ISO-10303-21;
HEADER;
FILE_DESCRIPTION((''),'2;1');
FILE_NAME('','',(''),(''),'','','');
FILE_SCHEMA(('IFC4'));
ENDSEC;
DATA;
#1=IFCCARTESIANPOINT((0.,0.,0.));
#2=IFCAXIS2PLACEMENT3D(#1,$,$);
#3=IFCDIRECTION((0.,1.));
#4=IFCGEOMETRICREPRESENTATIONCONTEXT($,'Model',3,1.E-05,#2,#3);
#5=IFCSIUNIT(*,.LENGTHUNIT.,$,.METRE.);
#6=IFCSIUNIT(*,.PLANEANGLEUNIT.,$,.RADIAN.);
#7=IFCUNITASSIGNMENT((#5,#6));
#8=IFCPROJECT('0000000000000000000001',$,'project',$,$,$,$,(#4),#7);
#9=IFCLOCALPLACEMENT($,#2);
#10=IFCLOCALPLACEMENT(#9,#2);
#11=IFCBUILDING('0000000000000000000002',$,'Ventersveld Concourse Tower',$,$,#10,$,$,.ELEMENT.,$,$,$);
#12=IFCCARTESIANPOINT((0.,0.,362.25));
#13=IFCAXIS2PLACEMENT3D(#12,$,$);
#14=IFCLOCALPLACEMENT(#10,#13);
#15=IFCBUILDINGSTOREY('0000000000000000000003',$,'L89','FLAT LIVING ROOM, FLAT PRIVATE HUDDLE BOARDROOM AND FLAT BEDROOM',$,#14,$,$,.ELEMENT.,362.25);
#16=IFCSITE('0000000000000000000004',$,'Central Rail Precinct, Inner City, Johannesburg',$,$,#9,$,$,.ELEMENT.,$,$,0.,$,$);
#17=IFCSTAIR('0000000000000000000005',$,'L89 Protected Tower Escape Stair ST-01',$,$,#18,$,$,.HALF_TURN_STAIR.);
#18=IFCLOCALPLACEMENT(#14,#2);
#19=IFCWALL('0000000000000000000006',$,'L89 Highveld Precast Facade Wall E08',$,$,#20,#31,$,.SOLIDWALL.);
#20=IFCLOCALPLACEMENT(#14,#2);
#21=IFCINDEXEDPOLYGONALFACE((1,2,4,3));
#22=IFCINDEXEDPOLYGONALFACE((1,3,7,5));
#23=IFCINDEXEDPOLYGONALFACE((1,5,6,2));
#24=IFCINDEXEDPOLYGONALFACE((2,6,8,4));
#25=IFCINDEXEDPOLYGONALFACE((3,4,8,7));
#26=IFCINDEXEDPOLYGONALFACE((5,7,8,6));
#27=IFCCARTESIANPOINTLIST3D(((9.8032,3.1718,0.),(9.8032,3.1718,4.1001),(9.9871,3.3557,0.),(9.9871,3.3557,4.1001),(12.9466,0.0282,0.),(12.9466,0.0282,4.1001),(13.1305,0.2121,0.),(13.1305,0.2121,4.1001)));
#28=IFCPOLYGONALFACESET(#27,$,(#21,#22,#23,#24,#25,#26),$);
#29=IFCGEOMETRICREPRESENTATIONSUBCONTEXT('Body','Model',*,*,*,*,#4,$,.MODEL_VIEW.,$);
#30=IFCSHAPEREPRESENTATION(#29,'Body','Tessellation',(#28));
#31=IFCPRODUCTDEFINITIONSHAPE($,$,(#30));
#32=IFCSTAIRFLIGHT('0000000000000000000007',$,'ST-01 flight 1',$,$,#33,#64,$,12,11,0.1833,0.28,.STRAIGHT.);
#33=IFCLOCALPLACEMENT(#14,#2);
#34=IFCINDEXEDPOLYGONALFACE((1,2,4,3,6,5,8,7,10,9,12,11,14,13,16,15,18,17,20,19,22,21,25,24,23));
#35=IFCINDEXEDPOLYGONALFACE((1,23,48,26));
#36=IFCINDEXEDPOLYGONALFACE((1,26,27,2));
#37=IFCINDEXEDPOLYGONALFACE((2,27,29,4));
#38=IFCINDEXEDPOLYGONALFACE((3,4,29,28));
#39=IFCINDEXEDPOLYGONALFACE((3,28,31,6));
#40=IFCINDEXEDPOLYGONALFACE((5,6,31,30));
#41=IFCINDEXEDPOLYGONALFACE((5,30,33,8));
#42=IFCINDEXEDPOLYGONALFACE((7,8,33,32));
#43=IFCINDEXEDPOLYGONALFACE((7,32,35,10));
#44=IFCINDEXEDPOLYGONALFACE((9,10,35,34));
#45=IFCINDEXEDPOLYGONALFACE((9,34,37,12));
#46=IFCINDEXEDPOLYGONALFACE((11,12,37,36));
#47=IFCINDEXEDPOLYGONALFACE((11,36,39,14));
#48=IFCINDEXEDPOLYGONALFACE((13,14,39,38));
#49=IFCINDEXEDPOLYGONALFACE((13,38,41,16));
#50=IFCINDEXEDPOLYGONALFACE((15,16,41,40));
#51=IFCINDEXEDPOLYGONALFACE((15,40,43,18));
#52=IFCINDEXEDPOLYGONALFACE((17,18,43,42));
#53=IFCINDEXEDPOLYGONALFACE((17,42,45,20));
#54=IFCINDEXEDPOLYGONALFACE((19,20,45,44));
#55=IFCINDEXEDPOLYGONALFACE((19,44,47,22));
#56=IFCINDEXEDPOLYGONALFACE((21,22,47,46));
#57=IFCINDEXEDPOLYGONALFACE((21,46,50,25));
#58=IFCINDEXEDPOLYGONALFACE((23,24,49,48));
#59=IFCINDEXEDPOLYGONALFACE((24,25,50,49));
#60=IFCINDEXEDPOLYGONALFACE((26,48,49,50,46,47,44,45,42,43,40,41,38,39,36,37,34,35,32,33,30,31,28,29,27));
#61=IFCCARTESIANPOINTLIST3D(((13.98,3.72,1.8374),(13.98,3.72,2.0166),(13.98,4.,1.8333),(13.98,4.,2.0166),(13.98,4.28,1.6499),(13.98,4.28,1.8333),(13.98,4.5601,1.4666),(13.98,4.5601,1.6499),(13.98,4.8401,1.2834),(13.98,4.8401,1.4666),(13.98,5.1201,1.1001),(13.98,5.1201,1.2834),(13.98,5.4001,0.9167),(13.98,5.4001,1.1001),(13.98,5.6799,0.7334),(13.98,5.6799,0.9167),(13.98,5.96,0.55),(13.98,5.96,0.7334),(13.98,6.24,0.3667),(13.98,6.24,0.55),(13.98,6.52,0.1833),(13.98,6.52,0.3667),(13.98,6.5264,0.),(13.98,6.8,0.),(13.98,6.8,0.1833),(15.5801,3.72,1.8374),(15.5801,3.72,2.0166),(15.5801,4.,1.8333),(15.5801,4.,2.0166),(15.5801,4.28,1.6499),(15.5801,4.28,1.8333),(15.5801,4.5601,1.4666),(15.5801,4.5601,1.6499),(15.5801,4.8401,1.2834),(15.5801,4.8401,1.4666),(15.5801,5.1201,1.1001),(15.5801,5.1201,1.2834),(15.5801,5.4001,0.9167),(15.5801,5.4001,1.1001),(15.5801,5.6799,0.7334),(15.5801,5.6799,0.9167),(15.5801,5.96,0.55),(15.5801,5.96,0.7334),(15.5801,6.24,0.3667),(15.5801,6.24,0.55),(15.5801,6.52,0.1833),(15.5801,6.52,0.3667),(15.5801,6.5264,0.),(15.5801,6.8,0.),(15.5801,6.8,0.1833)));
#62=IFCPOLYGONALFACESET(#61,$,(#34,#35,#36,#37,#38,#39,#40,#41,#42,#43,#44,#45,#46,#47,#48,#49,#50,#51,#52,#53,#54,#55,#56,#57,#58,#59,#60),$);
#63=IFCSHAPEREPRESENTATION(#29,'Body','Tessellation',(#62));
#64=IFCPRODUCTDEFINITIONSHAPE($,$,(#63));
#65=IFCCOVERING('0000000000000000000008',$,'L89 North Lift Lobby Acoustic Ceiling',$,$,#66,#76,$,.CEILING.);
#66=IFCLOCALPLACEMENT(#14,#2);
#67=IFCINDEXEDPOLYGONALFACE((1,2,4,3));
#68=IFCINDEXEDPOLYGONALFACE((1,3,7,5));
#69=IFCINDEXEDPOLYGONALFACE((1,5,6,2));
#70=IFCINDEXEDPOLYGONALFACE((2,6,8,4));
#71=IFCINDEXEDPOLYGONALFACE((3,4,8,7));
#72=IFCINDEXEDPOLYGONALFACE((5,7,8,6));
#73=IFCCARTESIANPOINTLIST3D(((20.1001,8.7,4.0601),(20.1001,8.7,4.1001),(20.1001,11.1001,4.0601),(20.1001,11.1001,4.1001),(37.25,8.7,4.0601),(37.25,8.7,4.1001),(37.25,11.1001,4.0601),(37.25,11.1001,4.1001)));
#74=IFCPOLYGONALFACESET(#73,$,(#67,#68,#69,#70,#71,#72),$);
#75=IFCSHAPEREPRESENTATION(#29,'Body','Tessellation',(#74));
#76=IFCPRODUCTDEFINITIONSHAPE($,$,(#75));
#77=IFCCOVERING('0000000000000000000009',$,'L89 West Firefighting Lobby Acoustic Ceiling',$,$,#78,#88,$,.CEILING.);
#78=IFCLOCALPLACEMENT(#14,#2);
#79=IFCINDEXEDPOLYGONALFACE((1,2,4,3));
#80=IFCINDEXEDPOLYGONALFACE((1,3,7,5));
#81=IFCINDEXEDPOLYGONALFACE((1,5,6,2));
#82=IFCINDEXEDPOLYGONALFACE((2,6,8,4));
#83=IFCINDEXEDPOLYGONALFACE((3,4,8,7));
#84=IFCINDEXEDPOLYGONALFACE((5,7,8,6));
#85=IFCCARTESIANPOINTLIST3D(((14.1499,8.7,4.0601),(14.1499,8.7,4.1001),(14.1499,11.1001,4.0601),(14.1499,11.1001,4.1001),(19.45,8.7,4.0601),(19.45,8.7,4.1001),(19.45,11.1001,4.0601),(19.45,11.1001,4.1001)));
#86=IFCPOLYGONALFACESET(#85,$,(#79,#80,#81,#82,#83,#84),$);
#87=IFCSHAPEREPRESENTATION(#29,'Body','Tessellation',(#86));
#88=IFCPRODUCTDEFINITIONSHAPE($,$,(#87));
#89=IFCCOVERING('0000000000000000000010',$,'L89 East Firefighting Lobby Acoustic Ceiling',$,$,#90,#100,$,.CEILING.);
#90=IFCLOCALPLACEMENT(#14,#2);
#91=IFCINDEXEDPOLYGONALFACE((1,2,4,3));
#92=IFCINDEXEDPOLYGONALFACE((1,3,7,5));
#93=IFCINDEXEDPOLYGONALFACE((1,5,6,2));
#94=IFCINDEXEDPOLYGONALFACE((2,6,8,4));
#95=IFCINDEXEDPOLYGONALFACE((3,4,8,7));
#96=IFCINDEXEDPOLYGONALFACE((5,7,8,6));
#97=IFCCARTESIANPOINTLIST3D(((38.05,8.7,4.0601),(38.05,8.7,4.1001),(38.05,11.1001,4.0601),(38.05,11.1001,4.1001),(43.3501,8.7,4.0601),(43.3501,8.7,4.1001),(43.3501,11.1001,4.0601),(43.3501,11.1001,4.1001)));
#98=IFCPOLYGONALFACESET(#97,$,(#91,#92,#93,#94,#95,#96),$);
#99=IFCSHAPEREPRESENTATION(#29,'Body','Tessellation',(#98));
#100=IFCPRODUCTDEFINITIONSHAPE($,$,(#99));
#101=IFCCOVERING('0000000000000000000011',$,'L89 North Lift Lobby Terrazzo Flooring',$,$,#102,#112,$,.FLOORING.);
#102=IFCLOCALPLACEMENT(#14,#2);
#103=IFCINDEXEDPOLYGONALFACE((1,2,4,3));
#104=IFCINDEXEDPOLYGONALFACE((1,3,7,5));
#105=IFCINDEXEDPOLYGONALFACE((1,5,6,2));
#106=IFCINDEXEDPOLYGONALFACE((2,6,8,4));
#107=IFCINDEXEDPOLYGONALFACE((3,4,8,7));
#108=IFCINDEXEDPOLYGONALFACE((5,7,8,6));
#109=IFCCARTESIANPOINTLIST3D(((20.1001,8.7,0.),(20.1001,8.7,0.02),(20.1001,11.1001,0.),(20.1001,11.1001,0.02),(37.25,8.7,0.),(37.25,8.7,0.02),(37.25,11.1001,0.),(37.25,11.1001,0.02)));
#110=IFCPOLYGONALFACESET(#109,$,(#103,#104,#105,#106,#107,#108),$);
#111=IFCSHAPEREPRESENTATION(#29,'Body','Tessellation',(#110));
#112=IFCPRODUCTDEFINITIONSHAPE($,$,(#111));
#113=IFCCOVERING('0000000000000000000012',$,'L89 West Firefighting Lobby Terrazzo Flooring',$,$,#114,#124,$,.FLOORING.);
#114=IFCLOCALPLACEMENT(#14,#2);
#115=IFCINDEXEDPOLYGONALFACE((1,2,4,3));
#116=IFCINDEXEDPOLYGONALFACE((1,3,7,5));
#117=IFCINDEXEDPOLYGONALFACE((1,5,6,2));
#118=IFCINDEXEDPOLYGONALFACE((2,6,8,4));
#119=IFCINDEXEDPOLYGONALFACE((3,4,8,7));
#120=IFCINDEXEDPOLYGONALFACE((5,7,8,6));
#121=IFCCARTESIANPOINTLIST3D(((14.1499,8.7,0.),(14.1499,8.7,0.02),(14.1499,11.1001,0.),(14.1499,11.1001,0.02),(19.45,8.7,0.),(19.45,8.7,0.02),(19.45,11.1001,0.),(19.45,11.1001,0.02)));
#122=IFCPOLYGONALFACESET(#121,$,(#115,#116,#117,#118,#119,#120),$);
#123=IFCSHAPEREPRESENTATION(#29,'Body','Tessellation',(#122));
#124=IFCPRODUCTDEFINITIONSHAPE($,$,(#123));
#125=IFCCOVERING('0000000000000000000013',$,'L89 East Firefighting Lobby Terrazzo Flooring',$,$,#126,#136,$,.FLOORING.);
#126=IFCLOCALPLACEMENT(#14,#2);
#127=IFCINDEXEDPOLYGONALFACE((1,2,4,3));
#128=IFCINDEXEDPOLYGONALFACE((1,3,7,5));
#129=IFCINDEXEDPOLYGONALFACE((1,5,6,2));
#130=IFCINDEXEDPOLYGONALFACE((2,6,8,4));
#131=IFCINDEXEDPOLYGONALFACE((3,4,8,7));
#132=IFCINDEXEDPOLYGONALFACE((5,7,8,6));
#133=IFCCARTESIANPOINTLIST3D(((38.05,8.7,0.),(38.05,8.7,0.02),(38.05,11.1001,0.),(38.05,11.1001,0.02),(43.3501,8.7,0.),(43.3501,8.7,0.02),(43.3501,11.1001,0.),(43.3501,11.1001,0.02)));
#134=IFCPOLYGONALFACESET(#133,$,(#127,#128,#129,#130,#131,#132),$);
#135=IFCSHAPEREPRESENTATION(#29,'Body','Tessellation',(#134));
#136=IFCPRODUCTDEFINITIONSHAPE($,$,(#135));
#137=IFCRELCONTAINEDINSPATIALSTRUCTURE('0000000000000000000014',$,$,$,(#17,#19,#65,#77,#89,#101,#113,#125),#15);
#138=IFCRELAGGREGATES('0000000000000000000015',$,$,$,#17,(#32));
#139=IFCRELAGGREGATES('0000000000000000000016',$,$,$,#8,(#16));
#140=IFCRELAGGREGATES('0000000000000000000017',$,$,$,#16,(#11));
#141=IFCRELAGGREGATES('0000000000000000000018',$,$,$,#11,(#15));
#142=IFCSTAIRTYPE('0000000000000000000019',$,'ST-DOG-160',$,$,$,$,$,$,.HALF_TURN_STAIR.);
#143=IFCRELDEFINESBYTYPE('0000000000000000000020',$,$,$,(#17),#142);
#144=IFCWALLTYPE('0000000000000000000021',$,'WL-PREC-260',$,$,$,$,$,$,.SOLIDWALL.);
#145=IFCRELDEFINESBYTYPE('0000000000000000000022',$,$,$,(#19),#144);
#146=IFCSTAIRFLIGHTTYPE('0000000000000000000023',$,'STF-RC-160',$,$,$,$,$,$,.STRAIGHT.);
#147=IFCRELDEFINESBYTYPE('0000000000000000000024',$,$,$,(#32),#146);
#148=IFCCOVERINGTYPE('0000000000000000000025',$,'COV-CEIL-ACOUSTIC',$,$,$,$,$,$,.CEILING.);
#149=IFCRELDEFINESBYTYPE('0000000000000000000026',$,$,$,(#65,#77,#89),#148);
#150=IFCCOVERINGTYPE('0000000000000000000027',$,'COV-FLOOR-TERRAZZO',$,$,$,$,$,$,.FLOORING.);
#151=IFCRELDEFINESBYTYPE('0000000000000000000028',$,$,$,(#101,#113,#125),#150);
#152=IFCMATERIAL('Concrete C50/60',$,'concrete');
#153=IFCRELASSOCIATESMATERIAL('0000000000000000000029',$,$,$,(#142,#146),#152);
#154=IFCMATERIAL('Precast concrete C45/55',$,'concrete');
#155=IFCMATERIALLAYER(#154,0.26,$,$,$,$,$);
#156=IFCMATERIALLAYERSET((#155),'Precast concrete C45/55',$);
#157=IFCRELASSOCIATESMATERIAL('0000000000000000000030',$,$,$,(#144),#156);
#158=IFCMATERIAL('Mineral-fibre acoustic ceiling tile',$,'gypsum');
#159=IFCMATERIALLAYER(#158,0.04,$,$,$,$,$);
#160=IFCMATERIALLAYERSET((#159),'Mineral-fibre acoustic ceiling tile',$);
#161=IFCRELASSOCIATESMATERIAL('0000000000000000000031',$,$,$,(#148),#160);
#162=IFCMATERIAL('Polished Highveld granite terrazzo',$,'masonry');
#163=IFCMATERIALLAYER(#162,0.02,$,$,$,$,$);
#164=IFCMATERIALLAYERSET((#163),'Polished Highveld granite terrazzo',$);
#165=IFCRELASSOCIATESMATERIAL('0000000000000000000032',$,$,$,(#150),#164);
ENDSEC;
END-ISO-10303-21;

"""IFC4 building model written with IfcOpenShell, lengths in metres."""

from ifc_helpers import new_model, si_unit, direction, frame, frame_2d, origin, place, context, subcontext, project, spatial, polyline, rectangle, outline, extrude, material, layer, layer_set, type_object, element, aggregate, save


model = new_model("IFC4")

# Units and contexts
model_context = context("Model", 3, precision=1e-05, world=origin(), true_north=direction((0.0, 1.0)))
body_context = subcontext(model_context, "Body", "Model", "MODEL_VIEW")
ifc_project = project(units=[si_unit("LENGTHUNIT", "METRE"), si_unit("PLANEANGLEUNIT", "RADIAN")], contexts=[model_context])

# Site, building, storey
site_placement = place(None, origin())
site = spatial("IfcSite", under=ifc_project, at=site_placement, Name="Central Rail Precinct, Inner City, Johannesburg", CompositionType="ELEMENT", RefElevation=0.0)
building_placement = place(site_placement, origin())
building = spatial("IfcBuilding", under=site, at=building_placement, Name="Ventersveld Concourse Tower", CompositionType="ELEMENT")
storey_placement = place(building_placement, frame((0.0, 0.0, 362.25)))
storey = spatial("IfcBuildingStorey", under=building, at=storey_placement, Name="L89", Description="FLAT LIVING ROOM, FLAT PRIVATE HUDDLE BOARDROOM AND FLAT BEDROOM", CompositionType="ELEMENT", Elevation=362.25)

# Shared definitions
ifc_material_1 = material(Name="Concrete C50/60", Category="concrete")

# Stair
stair_type_1 = type_object("IfcStairType", Name="ST-DOG-160", PredefinedType="HALF_TURN_STAIR", material=ifc_material_1)
stair_1_placement = place(storey_placement, origin())
stair_1 = element("IfcStair", 1, at=stair_1_placement, inside=storey, type_object=stair_type_1, Name="L89 Protected Tower Escape Stair ST-01", PredefinedType="HALF_TURN_STAIR")

# Wall
ifc_material_2 = material(Name="Precast concrete C45/55", Category="concrete")
ifc_layer_1 = layer(ifc_material_2, 0.26)
ifc_layer_set_1 = layer_set([ifc_layer_1], Name="Precast concrete C45/55")
wall_type_1 = type_object("IfcWallType", Name="WL-PREC-260", PredefinedType="SOLIDWALL", material=ifc_layer_set_1)
wall_1_placement = place(storey_placement, frame((9.8953, 3.2637, 0.0), z_axis=(0.0, 0.0, 1.0), x_axis=(0.707079, -0.707134, 0.0)))
element("IfcWall", 2, at=wall_1_placement, inside=storey, type_object=wall_type_1, Name="L89 Highveld Precast Facade Wall E08", PredefinedType="SOLIDWALL", context=body_context, shape_type="SweptSolid", body=[
    extrude(rectangle(XDim=4.4456, YDim=0.26, at=frame_2d((2.2227, 0.0))), origin(), (0.0, 0.0, 1.0), 4.1001),
])

# Stair flight
stair_flight_type = type_object("IfcStairFlightType", Name="STF-RC-160", PredefinedType="STRAIGHT", material=ifc_material_1)
stair_flight_placement = place(storey_placement, frame((14.78, 6.8, 0.0), z_axis=(0.0, 0.0, 1.0), x_axis=(0.0, -1.0, 0.0)))
stair_flight = element("IfcStairFlight", 3, at=stair_flight_placement, type_object=stair_flight_type, Name="ST-01 flight 1", NumberOfRisers=12, NumberOfTreads=11, PredefinedType="STRAIGHT", RiserHeight=0.1833, TreadLength=0.28, context=body_context, shape_type="SweptSolid", body=[
    extrude(outline(polyline([(0.0, 0.0), (0.0, 0.1833), (0.28, 0.1833), (0.28, 0.3667), (0.5601, 0.3667), (0.5601, 0.55), (0.8401, 0.55), (0.8401, 0.7334), (1.1201, 0.7334), (1.1201, 0.9167), (1.3999, 0.9167), (1.3999, 1.1001), (1.6799, 1.1001), (1.6799, 1.2834), (1.96, 1.2834), (1.96, 1.4666), (2.24, 1.4666), (2.24, 1.6499), (2.52, 1.6499), (2.52, 1.8333), (2.8, 1.8333), (2.8, 2.0166), (3.0801, 2.0166), (3.0801, 2.2), (3.0801, 1.8374), (0.2737, 0.0), (0.0, 0.0)])), frame((0.0, 0.8, 0.0), z_axis=(0.0, -1.0, 0.0), x_axis=(1.0, 0.0, 0.0)), (0.0, 0.0, 1.0), 1.6001),
])
aggregate(stair_1, [stair_flight])

# Coverings
ifc_material_3 = material(Name="Mineral-fibre acoustic ceiling tile", Category="gypsum")
ifc_layer_2 = layer(ifc_material_3, 0.04)
ifc_layer_set_2 = layer_set([ifc_layer_2], Name="Mineral-fibre acoustic ceiling tile")
covering_type_1 = type_object("IfcCoveringType", Name="COV-CEIL-ACOUSTIC", PredefinedType="CEILING", material=ifc_layer_set_2)
covering_1_placement = place(storey_placement, frame((0.0, 0.0, 4.0601)))
element("IfcCovering", 4, at=covering_1_placement, inside=storey, type_object=covering_type_1, Name="L89 North Lift Lobby Acoustic Ceiling", PredefinedType="CEILING", context=body_context, shape_type="SweptSolid", body=[
    extrude(outline(polyline([(20.1001, 8.7), (37.25, 8.7), (37.25, 11.1001), (20.1001, 11.1001), (20.1001, 8.7)])), origin(), (0.0, 0.0, 1.0), 0.04),
])
covering_2_placement = place(storey_placement, frame((0.0, 0.0, 4.0601)))
element("IfcCovering", 5, at=covering_2_placement, inside=storey, type_object=covering_type_1, Name="L89 West Firefighting Lobby Acoustic Ceiling", PredefinedType="CEILING", context=body_context, shape_type="SweptSolid", body=[
    extrude(outline(polyline([(14.1499, 8.7), (19.45, 8.7), (19.45, 11.1001), (14.1499, 11.1001), (14.1499, 8.7)])), origin(), (0.0, 0.0, 1.0), 0.04),
])
covering_3_placement = place(storey_placement, frame((0.0, 0.0, 4.0601)))
element("IfcCovering", 6, at=covering_3_placement, inside=storey, type_object=covering_type_1, Name="L89 East Firefighting Lobby Acoustic Ceiling", PredefinedType="CEILING", context=body_context, shape_type="SweptSolid", body=[
    extrude(outline(polyline([(38.05, 8.7), (43.3501, 8.7), (43.3501, 11.1001), (38.05, 11.1001), (38.05, 8.7)])), origin(), (0.0, 0.0, 1.0), 0.04),
])
ifc_material_4 = material(Name="Polished Highveld granite terrazzo", Category="masonry")
ifc_layer_3 = layer(ifc_material_4, 0.02)
ifc_layer_set_3 = layer_set([ifc_layer_3], Name="Polished Highveld granite terrazzo")
covering_type_2 = type_object("IfcCoveringType", Name="COV-FLOOR-TERRAZZO", PredefinedType="FLOORING", material=ifc_layer_set_3)
covering_4_placement = place(storey_placement, origin())
element("IfcCovering", 7, at=covering_4_placement, inside=storey, type_object=covering_type_2, Name="L89 North Lift Lobby Terrazzo Flooring", PredefinedType="FLOORING", context=body_context, shape_type="SweptSolid", body=[
    extrude(outline(polyline([(20.1001, 8.7), (37.25, 8.7), (37.25, 11.1001), (20.1001, 11.1001), (20.1001, 8.7)])), origin(), (0.0, 0.0, 1.0), 0.02),
])
covering_5_placement = place(storey_placement, origin())
element("IfcCovering", 8, at=covering_5_placement, inside=storey, type_object=covering_type_2, Name="L89 West Firefighting Lobby Terrazzo Flooring", PredefinedType="FLOORING", context=body_context, shape_type="SweptSolid", body=[
    extrude(outline(polyline([(14.1499, 8.7), (19.45, 8.7), (19.45, 11.1001), (14.1499, 11.1001), (14.1499, 8.7)])), origin(), (0.0, 0.0, 1.0), 0.02),
])
covering_6_placement = place(storey_placement, origin())
element("IfcCovering", 9, at=covering_6_placement, inside=storey, type_object=covering_type_2, Name="L89 East Firefighting Lobby Terrazzo Flooring", PredefinedType="FLOORING", context=body_context, shape_type="SweptSolid", body=[
    extrude(outline(polyline([(38.05, 8.7), (43.3501, 8.7), (43.3501, 11.1001), (38.05, 11.1001), (38.05, 8.7)])), origin(), (0.0, 0.0, 1.0), 0.02),
])

save(model, "model.ifc")
